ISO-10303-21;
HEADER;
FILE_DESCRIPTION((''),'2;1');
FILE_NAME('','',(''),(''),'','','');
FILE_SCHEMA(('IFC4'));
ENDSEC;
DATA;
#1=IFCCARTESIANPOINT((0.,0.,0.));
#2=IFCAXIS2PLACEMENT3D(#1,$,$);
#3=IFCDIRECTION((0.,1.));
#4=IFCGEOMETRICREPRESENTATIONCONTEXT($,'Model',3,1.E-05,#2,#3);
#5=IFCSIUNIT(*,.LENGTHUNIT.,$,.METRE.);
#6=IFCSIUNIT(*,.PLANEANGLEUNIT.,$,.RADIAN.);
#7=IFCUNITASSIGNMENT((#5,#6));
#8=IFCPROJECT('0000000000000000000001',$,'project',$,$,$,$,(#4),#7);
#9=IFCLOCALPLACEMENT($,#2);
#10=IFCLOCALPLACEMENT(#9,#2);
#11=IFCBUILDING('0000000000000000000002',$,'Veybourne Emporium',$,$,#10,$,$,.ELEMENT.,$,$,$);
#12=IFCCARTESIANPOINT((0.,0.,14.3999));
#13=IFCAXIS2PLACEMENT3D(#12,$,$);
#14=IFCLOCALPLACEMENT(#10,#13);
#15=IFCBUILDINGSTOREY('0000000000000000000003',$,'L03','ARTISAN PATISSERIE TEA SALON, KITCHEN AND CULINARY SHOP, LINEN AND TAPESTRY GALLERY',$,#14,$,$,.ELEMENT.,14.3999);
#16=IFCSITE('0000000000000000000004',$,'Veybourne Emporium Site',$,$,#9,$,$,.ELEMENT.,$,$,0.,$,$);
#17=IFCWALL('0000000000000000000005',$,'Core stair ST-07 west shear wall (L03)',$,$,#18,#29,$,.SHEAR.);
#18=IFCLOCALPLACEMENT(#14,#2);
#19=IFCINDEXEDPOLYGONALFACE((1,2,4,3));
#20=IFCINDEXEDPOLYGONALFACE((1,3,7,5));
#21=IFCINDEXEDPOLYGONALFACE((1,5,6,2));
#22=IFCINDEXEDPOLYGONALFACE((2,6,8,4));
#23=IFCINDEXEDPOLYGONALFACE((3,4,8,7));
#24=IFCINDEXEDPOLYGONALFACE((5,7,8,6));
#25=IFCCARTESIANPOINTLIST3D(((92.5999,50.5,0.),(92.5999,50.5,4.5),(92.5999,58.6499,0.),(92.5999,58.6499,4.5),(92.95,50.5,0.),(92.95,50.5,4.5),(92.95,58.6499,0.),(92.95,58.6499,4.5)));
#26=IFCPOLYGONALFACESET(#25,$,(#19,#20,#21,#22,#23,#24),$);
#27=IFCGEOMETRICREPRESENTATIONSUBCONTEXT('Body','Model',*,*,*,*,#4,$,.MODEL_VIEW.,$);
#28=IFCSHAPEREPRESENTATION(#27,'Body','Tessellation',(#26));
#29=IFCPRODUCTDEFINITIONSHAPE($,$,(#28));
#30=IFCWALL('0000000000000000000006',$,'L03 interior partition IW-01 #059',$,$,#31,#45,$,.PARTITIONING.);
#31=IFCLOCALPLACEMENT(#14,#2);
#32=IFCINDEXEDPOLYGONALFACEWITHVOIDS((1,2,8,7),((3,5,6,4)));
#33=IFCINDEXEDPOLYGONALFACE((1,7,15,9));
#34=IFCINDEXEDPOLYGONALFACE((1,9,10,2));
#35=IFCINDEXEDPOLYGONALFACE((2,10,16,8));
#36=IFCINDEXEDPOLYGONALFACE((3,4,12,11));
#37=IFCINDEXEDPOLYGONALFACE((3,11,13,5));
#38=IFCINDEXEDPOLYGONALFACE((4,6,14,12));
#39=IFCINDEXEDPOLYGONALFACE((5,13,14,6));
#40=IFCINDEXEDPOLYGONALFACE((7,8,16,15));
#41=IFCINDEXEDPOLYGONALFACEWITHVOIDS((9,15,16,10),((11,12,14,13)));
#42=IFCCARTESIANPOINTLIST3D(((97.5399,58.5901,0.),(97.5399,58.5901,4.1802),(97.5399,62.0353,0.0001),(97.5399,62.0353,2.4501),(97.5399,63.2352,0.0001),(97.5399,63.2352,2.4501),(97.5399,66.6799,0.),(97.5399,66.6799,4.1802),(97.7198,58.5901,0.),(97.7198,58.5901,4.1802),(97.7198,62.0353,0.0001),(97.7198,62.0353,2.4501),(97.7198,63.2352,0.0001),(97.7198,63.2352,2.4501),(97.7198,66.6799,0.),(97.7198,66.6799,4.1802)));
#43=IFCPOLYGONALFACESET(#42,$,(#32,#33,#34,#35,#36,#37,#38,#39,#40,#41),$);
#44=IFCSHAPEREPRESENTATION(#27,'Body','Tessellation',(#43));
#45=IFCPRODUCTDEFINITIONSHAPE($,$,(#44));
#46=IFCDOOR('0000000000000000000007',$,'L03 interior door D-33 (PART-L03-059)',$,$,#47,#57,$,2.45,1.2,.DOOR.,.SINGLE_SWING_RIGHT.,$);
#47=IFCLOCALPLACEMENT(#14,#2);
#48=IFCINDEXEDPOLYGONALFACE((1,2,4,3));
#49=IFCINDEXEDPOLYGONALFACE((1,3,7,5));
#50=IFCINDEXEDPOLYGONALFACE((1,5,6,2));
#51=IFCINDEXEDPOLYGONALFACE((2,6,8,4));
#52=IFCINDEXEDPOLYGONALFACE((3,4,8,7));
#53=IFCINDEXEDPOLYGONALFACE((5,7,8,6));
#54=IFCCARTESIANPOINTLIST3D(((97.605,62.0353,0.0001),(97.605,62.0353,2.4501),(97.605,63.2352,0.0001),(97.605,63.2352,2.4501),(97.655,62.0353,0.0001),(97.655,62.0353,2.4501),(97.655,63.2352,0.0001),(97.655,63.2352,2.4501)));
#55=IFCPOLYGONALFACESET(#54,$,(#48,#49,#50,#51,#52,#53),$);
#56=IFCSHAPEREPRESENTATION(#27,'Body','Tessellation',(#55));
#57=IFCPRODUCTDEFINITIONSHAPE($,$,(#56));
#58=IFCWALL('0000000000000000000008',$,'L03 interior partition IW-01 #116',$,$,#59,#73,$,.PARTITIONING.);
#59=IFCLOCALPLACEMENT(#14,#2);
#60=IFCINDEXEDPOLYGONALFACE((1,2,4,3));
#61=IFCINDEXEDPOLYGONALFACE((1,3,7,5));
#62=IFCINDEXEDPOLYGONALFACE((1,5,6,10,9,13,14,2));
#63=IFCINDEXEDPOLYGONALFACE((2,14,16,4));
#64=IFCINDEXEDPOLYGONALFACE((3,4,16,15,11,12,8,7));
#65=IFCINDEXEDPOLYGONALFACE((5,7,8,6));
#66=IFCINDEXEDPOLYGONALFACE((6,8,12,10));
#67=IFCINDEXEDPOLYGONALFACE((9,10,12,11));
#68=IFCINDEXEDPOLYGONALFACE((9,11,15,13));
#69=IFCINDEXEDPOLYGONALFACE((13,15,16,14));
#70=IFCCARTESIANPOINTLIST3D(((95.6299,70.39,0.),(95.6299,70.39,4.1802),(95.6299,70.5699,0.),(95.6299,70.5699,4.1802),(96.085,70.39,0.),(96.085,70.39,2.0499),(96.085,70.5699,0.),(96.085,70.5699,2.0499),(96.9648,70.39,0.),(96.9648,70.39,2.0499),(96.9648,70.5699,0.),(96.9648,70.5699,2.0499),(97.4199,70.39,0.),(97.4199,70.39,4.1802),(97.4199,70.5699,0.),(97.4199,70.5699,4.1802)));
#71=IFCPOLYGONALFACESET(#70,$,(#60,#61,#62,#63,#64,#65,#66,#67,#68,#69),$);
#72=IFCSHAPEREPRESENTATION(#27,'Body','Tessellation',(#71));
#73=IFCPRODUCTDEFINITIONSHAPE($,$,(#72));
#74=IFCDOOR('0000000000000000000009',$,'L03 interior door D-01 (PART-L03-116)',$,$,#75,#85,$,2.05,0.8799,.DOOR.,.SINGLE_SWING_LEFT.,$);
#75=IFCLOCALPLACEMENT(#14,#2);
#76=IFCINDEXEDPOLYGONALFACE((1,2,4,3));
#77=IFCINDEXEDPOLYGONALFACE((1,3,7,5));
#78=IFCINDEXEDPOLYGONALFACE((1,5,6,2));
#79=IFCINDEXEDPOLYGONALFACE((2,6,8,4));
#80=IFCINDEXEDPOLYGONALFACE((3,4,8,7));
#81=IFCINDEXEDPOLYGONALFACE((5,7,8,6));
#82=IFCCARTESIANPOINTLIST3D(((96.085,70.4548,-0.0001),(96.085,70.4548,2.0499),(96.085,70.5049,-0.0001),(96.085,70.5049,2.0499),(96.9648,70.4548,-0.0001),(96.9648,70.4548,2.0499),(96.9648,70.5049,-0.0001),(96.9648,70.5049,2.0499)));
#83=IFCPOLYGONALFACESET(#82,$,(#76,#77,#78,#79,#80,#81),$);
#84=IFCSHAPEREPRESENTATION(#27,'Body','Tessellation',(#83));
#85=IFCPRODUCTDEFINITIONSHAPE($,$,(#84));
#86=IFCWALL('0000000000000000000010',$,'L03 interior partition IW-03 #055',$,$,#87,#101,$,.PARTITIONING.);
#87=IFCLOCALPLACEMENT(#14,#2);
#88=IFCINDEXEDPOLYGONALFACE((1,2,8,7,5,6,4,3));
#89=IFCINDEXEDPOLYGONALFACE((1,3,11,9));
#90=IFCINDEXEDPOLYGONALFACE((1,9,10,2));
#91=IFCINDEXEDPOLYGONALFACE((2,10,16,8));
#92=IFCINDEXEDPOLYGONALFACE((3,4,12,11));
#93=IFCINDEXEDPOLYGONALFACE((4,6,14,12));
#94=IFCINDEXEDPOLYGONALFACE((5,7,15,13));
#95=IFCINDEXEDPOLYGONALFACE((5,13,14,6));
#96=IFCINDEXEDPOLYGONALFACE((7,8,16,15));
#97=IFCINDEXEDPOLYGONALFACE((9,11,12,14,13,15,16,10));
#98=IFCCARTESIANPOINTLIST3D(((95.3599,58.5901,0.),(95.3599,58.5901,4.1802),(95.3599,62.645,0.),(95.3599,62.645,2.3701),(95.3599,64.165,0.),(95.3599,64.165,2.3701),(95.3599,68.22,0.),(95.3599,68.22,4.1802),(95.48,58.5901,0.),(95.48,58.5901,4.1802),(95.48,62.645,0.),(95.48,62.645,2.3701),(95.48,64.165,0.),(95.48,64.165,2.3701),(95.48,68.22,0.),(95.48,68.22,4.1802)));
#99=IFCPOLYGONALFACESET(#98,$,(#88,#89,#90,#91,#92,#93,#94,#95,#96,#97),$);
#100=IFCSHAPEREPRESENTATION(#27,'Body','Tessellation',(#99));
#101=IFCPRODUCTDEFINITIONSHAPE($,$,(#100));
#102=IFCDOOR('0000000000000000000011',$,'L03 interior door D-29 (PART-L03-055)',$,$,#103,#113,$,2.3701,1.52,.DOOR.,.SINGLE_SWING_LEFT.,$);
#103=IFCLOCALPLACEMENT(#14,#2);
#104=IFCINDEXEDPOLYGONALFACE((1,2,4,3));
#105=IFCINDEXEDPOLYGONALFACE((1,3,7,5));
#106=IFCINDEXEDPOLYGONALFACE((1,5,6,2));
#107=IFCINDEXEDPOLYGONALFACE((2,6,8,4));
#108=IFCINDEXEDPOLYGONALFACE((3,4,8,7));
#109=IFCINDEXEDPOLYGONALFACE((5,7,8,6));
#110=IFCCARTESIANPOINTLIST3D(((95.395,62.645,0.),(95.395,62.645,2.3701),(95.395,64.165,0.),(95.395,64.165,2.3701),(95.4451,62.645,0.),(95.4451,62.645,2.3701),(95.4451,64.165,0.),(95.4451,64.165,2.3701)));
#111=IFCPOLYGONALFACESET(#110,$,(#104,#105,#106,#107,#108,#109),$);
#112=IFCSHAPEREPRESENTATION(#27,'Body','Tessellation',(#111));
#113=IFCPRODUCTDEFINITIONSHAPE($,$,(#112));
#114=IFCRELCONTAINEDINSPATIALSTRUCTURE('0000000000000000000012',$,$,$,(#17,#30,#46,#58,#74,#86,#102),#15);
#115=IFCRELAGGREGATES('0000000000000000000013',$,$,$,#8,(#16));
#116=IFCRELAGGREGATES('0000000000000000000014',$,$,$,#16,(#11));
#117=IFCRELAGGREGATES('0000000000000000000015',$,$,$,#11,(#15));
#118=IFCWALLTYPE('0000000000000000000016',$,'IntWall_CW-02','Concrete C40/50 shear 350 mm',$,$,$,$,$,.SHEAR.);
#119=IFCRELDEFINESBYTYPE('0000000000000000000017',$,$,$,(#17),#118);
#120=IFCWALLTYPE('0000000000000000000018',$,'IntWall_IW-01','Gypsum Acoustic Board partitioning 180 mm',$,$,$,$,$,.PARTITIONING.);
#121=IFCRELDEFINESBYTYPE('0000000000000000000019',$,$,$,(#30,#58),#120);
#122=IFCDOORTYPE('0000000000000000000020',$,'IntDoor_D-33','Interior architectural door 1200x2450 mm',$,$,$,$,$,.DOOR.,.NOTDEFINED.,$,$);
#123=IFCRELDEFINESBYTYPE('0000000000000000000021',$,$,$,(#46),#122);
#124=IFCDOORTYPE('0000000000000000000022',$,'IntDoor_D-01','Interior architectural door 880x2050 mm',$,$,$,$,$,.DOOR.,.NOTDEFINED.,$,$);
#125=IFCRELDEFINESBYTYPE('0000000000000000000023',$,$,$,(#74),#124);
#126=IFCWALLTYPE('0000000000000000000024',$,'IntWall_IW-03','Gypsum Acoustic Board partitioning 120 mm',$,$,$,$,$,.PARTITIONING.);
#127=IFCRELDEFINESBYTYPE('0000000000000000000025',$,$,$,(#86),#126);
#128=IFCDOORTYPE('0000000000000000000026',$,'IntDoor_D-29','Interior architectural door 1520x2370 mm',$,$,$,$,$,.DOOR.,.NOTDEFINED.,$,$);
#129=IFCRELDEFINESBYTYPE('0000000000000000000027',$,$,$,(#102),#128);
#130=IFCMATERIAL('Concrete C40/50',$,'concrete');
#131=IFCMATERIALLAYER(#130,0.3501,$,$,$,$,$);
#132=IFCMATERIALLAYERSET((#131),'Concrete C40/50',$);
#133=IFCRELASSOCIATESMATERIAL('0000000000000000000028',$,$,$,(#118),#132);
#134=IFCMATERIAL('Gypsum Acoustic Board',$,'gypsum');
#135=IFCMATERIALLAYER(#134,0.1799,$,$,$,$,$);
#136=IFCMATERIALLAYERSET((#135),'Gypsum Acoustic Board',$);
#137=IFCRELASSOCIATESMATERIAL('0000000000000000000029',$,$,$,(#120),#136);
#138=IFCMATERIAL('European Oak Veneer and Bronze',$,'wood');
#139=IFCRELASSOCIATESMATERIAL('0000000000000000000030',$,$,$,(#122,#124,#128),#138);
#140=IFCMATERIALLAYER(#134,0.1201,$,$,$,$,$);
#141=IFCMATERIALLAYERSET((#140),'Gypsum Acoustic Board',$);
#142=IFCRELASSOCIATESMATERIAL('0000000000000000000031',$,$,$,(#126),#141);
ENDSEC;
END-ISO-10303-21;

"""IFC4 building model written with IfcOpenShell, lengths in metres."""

from ifc_helpers import new_model, si_unit, direction, frame, frame_2d, origin, place, context, subcontext, project, spatial, rectangle, extrude, material, layer, layer_set, type_object, element, fill, save


model = new_model("IFC4")

# Units and contexts
model_context = context("Model", 3, precision=1e-05, world=origin(), true_north=direction((0.0, 1.0)))
body_context = subcontext(model_context, "Body", "Model", "MODEL_VIEW")
ifc_project = project(units=[si_unit("LENGTHUNIT", "METRE"), si_unit("PLANEANGLEUNIT", "RADIAN")], contexts=[model_context])

# Site, building, storey
site_placement = place(None, origin())
site = spatial("IfcSite", under=ifc_project, at=site_placement, Name="Veybourne Emporium Site", CompositionType="ELEMENT", RefElevation=0.0)
building_placement = place(site_placement, origin())
building = spatial("IfcBuilding", under=site, at=building_placement, Name="Veybourne Emporium", CompositionType="ELEMENT")
storey_placement = place(building_placement, frame((0.0, 0.0, 14.3999)))
storey = spatial("IfcBuildingStorey", under=building, at=storey_placement, Name="L03", Description="ARTISAN PATISSERIE TEA SALON, KITCHEN AND CULINARY SHOP, LINEN AND TAPESTRY GALLERY", CompositionType="ELEMENT", Elevation=14.3999)

# Shared definitions
ifc_material_1 = material(Name="Concrete C40/50", Category="concrete")

# Wall
ifc_layer_1 = layer(ifc_material_1, 0.3501)
ifc_layer_set_1 = layer_set([ifc_layer_1], Name="Concrete C40/50")
wall_type_1 = type_object("IfcWallType", Name="IntWall_CW-02", Description="Concrete C40/50 shear 350 mm", PredefinedType="SHEAR", material=ifc_layer_set_1)
wall_1_placement = place(storey_placement, frame((92.7749, 58.6499, 0.0), z_axis=(0.0, 0.0, 1.0), x_axis=(0.0, -1.0, 0.0)))
element("IfcWall", 1, at=wall_1_placement, inside=storey, type_object=wall_type_1, Name="Core stair ST-07 west shear wall (L03)", PredefinedType="SHEAR", context=body_context, shape_type="SweptSolid", body=[
    extrude(rectangle(XDim=8.1499, YDim=0.3501, at=frame_2d((4.075, 0.0))), origin(), (0.0, 0.0, 1.0), 4.5),
])

# Walls, openings, doors
ifc_material_2 = material(Name="Gypsum Acoustic Board", Category="gypsum")
ifc_layer_2 = layer(ifc_material_2, 0.1799)
ifc_layer_set_2 = layer_set([ifc_layer_2], Name="Gypsum Acoustic Board")
wall_type_2 = type_object("IfcWallType", Name="IntWall_IW-01", Description="Gypsum Acoustic Board partitioning 180 mm", PredefinedType="PARTITIONING", material=ifc_layer_set_2)
wall_2_placement = place(storey_placement, frame((97.6299, 58.5901, 0.0), z_axis=(0.0, 0.0, 1.0), x_axis=(0.0, 1.0, 0.0)))
wall_2 = element("IfcWall", 2, at=wall_2_placement, inside=storey, type_object=wall_type_2, Name="L03 interior partition IW-01 #059", PredefinedType="PARTITIONING", context=body_context, shape_type="SweptSolid", body=[
    extrude(rectangle(XDim=8.0898, YDim=0.1799, at=frame_2d((4.0449, 0.0))), origin(), (0.0, 0.0, 1.0), 4.1802),
])
opening_1_placement = place(wall_2_placement, frame((3.4451, 0.0, 0.0)))
opening_1 = element("IfcOpeningElement", 3, at=opening_1_placement, cuts=wall_2, PredefinedType="OPENING", context=body_context, shape_type="SweptSolid", body=[
    extrude(rectangle(XDim=1.2, YDim=2.45, at=frame_2d((0.6001, 1.2251))), frame((0.0, 0.1099, 0.0), z_axis=(0.0, -1.0, 0.0), x_axis=(1.0, 0.0, 0.0)), (0.0, 0.0, 1.0), 0.22),
])
ifc_material_3 = material(Name="European Oak Veneer and Bronze", Category="wood")
door_type_1 = type_object("IfcDoorType", Name="IntDoor_D-33", Description="Interior architectural door 1200x2450 mm", OperationType="NOTDEFINED", PredefinedType="DOOR", material=ifc_material_3)
door_1_placement = place(opening_1_placement, origin())
door_1 = element("IfcDoor", 4, at=door_1_placement, inside=storey, type_object=door_type_1, Name="L03 interior door D-33 (PART-L03-059)", OperationType="SINGLE_SWING_RIGHT", OverallHeight=2.45, OverallWidth=1.2, PredefinedType="DOOR", context=body_context, shape_type="SweptSolid", body=[
    extrude(rectangle(XDim=1.2, YDim=2.45, at=frame_2d((0.6001, 1.2251))), frame((0.0, 0.0249, 0.0), z_axis=(0.0, -1.0, 0.0), x_axis=(1.0, 0.0, 0.0)), (0.0, 0.0, 1.0), 0.05),
])
fill(opening_1, door_1)
wall_3_placement = place(storey_placement, frame((95.6299, 70.48, 0.0), z_axis=(0.0, 0.0, 1.0), x_axis=(1.0, 0.0, 0.0)))
wall_3 = element("IfcWall", 5, at=wall_3_placement, inside=storey, type_object=wall_type_2, Name="L03 interior partition IW-01 #116", PredefinedType="PARTITIONING", context=body_context, shape_type="SweptSolid", body=[
    extrude(rectangle(XDim=1.79, YDim=0.1799, at=frame_2d((0.895, 0.0))), origin(), (0.0, 0.0, 1.0), 4.1802),
])
opening_2_placement = place(wall_3_placement, frame((0.4551, 0.0, 0.0)))
opening_2 = element("IfcOpeningElement", 6, at=opening_2_placement, cuts=wall_3, PredefinedType="OPENING", context=body_context, shape_type="SweptSolid", body=[
    extrude(rectangle(XDim=0.8799, YDim=2.05, at=frame_2d((0.4399, 1.0249))), frame((0.0, 0.1099, 0.0), z_axis=(0.0, -1.0, 0.0), x_axis=(1.0, 0.0, 0.0)), (0.0, 0.0, 1.0), 0.22),
])
door_type_2 = type_object("IfcDoorType", Name="IntDoor_D-01", Description="Interior architectural door 880x2050 mm", OperationType="NOTDEFINED", PredefinedType="DOOR", material=ifc_material_3)
door_2_placement = place(opening_2_placement, origin())
door_2 = element("IfcDoor", 7, at=door_2_placement, inside=storey, type_object=door_type_2, Name="L03 interior door D-01 (PART-L03-116)", OperationType="SINGLE_SWING_LEFT", OverallHeight=2.05, OverallWidth=0.8799, PredefinedType="DOOR", context=body_context, shape_type="SweptSolid", body=[
    extrude(rectangle(XDim=0.8799, YDim=2.05, at=frame_2d((0.4399, 1.0249))), frame((0.0, 0.0249, 0.0), z_axis=(0.0, -1.0, 0.0), x_axis=(1.0, 0.0, 0.0)), (0.0, 0.0, 1.0), 0.05),
])
fill(opening_2, door_2)
ifc_layer_3 = layer(ifc_material_2, 0.1201)
ifc_layer_set_3 = layer_set([ifc_layer_3], Name="Gypsum Acoustic Board")
wall_type_3 = type_object("IfcWallType", Name="IntWall_IW-03", Description="Gypsum Acoustic Board partitioning 120 mm", PredefinedType="PARTITIONING", material=ifc_layer_set_3)
wall_4_placement = place(storey_placement, frame((95.4199, 58.5901, 0.0), z_axis=(0.0, 0.0, 1.0), x_axis=(0.0, 1.0, 0.0)))
wall_4 = element("IfcWall", 8, at=wall_4_placement, inside=storey, type_object=wall_type_3, Name="L03 interior partition IW-03 #055", PredefinedType="PARTITIONING", context=body_context, shape_type="SweptSolid", body=[
    extrude(rectangle(XDim=9.6299, YDim=0.1201, at=frame_2d((4.8149, 0.0))), origin(), (0.0, 0.0, 1.0), 4.1802),
])
opening_3_placement = place(wall_4_placement, frame((4.0549, 0.0, 0.0)))
opening_3 = element("IfcOpeningElement", 9, at=opening_3_placement, cuts=wall_4, PredefinedType="OPENING", context=body_context, shape_type="SweptSolid", body=[
    extrude(rectangle(XDim=1.52, YDim=2.3701, at=frame_2d((0.76, 1.1851))), frame((0.0, 0.0801, 0.0), z_axis=(0.0, -1.0, 0.0), x_axis=(1.0, 0.0, 0.0)), (0.0, 0.0, 1.0), 0.1602),
])
door_type_3 = type_object("IfcDoorType", Name="IntDoor_D-29", Description="Interior architectural door 1520x2370 mm", OperationType="NOTDEFINED", PredefinedType="DOOR", material=ifc_material_3)
door_3_placement = place(opening_3_placement, origin())
door_3 = element("IfcDoor", 10, at=door_3_placement, inside=storey, type_object=door_type_3, Name="L03 interior door D-29 (PART-L03-055)", OperationType="SINGLE_SWING_LEFT", OverallHeight=2.3701, OverallWidth=1.52, PredefinedType="DOOR", context=body_context, shape_type="SweptSolid", body=[
    extrude(rectangle(XDim=1.52, YDim=2.3701, at=frame_2d((0.76, 1.1851))), frame((0.0, 0.0249, 0.0), z_axis=(0.0, -1.0, 0.0), x_axis=(1.0, 0.0, 0.0)), (0.0, 0.0, 1.0), 0.05),
])
fill(opening_3, door_3)

save(model, "model.ifc")
